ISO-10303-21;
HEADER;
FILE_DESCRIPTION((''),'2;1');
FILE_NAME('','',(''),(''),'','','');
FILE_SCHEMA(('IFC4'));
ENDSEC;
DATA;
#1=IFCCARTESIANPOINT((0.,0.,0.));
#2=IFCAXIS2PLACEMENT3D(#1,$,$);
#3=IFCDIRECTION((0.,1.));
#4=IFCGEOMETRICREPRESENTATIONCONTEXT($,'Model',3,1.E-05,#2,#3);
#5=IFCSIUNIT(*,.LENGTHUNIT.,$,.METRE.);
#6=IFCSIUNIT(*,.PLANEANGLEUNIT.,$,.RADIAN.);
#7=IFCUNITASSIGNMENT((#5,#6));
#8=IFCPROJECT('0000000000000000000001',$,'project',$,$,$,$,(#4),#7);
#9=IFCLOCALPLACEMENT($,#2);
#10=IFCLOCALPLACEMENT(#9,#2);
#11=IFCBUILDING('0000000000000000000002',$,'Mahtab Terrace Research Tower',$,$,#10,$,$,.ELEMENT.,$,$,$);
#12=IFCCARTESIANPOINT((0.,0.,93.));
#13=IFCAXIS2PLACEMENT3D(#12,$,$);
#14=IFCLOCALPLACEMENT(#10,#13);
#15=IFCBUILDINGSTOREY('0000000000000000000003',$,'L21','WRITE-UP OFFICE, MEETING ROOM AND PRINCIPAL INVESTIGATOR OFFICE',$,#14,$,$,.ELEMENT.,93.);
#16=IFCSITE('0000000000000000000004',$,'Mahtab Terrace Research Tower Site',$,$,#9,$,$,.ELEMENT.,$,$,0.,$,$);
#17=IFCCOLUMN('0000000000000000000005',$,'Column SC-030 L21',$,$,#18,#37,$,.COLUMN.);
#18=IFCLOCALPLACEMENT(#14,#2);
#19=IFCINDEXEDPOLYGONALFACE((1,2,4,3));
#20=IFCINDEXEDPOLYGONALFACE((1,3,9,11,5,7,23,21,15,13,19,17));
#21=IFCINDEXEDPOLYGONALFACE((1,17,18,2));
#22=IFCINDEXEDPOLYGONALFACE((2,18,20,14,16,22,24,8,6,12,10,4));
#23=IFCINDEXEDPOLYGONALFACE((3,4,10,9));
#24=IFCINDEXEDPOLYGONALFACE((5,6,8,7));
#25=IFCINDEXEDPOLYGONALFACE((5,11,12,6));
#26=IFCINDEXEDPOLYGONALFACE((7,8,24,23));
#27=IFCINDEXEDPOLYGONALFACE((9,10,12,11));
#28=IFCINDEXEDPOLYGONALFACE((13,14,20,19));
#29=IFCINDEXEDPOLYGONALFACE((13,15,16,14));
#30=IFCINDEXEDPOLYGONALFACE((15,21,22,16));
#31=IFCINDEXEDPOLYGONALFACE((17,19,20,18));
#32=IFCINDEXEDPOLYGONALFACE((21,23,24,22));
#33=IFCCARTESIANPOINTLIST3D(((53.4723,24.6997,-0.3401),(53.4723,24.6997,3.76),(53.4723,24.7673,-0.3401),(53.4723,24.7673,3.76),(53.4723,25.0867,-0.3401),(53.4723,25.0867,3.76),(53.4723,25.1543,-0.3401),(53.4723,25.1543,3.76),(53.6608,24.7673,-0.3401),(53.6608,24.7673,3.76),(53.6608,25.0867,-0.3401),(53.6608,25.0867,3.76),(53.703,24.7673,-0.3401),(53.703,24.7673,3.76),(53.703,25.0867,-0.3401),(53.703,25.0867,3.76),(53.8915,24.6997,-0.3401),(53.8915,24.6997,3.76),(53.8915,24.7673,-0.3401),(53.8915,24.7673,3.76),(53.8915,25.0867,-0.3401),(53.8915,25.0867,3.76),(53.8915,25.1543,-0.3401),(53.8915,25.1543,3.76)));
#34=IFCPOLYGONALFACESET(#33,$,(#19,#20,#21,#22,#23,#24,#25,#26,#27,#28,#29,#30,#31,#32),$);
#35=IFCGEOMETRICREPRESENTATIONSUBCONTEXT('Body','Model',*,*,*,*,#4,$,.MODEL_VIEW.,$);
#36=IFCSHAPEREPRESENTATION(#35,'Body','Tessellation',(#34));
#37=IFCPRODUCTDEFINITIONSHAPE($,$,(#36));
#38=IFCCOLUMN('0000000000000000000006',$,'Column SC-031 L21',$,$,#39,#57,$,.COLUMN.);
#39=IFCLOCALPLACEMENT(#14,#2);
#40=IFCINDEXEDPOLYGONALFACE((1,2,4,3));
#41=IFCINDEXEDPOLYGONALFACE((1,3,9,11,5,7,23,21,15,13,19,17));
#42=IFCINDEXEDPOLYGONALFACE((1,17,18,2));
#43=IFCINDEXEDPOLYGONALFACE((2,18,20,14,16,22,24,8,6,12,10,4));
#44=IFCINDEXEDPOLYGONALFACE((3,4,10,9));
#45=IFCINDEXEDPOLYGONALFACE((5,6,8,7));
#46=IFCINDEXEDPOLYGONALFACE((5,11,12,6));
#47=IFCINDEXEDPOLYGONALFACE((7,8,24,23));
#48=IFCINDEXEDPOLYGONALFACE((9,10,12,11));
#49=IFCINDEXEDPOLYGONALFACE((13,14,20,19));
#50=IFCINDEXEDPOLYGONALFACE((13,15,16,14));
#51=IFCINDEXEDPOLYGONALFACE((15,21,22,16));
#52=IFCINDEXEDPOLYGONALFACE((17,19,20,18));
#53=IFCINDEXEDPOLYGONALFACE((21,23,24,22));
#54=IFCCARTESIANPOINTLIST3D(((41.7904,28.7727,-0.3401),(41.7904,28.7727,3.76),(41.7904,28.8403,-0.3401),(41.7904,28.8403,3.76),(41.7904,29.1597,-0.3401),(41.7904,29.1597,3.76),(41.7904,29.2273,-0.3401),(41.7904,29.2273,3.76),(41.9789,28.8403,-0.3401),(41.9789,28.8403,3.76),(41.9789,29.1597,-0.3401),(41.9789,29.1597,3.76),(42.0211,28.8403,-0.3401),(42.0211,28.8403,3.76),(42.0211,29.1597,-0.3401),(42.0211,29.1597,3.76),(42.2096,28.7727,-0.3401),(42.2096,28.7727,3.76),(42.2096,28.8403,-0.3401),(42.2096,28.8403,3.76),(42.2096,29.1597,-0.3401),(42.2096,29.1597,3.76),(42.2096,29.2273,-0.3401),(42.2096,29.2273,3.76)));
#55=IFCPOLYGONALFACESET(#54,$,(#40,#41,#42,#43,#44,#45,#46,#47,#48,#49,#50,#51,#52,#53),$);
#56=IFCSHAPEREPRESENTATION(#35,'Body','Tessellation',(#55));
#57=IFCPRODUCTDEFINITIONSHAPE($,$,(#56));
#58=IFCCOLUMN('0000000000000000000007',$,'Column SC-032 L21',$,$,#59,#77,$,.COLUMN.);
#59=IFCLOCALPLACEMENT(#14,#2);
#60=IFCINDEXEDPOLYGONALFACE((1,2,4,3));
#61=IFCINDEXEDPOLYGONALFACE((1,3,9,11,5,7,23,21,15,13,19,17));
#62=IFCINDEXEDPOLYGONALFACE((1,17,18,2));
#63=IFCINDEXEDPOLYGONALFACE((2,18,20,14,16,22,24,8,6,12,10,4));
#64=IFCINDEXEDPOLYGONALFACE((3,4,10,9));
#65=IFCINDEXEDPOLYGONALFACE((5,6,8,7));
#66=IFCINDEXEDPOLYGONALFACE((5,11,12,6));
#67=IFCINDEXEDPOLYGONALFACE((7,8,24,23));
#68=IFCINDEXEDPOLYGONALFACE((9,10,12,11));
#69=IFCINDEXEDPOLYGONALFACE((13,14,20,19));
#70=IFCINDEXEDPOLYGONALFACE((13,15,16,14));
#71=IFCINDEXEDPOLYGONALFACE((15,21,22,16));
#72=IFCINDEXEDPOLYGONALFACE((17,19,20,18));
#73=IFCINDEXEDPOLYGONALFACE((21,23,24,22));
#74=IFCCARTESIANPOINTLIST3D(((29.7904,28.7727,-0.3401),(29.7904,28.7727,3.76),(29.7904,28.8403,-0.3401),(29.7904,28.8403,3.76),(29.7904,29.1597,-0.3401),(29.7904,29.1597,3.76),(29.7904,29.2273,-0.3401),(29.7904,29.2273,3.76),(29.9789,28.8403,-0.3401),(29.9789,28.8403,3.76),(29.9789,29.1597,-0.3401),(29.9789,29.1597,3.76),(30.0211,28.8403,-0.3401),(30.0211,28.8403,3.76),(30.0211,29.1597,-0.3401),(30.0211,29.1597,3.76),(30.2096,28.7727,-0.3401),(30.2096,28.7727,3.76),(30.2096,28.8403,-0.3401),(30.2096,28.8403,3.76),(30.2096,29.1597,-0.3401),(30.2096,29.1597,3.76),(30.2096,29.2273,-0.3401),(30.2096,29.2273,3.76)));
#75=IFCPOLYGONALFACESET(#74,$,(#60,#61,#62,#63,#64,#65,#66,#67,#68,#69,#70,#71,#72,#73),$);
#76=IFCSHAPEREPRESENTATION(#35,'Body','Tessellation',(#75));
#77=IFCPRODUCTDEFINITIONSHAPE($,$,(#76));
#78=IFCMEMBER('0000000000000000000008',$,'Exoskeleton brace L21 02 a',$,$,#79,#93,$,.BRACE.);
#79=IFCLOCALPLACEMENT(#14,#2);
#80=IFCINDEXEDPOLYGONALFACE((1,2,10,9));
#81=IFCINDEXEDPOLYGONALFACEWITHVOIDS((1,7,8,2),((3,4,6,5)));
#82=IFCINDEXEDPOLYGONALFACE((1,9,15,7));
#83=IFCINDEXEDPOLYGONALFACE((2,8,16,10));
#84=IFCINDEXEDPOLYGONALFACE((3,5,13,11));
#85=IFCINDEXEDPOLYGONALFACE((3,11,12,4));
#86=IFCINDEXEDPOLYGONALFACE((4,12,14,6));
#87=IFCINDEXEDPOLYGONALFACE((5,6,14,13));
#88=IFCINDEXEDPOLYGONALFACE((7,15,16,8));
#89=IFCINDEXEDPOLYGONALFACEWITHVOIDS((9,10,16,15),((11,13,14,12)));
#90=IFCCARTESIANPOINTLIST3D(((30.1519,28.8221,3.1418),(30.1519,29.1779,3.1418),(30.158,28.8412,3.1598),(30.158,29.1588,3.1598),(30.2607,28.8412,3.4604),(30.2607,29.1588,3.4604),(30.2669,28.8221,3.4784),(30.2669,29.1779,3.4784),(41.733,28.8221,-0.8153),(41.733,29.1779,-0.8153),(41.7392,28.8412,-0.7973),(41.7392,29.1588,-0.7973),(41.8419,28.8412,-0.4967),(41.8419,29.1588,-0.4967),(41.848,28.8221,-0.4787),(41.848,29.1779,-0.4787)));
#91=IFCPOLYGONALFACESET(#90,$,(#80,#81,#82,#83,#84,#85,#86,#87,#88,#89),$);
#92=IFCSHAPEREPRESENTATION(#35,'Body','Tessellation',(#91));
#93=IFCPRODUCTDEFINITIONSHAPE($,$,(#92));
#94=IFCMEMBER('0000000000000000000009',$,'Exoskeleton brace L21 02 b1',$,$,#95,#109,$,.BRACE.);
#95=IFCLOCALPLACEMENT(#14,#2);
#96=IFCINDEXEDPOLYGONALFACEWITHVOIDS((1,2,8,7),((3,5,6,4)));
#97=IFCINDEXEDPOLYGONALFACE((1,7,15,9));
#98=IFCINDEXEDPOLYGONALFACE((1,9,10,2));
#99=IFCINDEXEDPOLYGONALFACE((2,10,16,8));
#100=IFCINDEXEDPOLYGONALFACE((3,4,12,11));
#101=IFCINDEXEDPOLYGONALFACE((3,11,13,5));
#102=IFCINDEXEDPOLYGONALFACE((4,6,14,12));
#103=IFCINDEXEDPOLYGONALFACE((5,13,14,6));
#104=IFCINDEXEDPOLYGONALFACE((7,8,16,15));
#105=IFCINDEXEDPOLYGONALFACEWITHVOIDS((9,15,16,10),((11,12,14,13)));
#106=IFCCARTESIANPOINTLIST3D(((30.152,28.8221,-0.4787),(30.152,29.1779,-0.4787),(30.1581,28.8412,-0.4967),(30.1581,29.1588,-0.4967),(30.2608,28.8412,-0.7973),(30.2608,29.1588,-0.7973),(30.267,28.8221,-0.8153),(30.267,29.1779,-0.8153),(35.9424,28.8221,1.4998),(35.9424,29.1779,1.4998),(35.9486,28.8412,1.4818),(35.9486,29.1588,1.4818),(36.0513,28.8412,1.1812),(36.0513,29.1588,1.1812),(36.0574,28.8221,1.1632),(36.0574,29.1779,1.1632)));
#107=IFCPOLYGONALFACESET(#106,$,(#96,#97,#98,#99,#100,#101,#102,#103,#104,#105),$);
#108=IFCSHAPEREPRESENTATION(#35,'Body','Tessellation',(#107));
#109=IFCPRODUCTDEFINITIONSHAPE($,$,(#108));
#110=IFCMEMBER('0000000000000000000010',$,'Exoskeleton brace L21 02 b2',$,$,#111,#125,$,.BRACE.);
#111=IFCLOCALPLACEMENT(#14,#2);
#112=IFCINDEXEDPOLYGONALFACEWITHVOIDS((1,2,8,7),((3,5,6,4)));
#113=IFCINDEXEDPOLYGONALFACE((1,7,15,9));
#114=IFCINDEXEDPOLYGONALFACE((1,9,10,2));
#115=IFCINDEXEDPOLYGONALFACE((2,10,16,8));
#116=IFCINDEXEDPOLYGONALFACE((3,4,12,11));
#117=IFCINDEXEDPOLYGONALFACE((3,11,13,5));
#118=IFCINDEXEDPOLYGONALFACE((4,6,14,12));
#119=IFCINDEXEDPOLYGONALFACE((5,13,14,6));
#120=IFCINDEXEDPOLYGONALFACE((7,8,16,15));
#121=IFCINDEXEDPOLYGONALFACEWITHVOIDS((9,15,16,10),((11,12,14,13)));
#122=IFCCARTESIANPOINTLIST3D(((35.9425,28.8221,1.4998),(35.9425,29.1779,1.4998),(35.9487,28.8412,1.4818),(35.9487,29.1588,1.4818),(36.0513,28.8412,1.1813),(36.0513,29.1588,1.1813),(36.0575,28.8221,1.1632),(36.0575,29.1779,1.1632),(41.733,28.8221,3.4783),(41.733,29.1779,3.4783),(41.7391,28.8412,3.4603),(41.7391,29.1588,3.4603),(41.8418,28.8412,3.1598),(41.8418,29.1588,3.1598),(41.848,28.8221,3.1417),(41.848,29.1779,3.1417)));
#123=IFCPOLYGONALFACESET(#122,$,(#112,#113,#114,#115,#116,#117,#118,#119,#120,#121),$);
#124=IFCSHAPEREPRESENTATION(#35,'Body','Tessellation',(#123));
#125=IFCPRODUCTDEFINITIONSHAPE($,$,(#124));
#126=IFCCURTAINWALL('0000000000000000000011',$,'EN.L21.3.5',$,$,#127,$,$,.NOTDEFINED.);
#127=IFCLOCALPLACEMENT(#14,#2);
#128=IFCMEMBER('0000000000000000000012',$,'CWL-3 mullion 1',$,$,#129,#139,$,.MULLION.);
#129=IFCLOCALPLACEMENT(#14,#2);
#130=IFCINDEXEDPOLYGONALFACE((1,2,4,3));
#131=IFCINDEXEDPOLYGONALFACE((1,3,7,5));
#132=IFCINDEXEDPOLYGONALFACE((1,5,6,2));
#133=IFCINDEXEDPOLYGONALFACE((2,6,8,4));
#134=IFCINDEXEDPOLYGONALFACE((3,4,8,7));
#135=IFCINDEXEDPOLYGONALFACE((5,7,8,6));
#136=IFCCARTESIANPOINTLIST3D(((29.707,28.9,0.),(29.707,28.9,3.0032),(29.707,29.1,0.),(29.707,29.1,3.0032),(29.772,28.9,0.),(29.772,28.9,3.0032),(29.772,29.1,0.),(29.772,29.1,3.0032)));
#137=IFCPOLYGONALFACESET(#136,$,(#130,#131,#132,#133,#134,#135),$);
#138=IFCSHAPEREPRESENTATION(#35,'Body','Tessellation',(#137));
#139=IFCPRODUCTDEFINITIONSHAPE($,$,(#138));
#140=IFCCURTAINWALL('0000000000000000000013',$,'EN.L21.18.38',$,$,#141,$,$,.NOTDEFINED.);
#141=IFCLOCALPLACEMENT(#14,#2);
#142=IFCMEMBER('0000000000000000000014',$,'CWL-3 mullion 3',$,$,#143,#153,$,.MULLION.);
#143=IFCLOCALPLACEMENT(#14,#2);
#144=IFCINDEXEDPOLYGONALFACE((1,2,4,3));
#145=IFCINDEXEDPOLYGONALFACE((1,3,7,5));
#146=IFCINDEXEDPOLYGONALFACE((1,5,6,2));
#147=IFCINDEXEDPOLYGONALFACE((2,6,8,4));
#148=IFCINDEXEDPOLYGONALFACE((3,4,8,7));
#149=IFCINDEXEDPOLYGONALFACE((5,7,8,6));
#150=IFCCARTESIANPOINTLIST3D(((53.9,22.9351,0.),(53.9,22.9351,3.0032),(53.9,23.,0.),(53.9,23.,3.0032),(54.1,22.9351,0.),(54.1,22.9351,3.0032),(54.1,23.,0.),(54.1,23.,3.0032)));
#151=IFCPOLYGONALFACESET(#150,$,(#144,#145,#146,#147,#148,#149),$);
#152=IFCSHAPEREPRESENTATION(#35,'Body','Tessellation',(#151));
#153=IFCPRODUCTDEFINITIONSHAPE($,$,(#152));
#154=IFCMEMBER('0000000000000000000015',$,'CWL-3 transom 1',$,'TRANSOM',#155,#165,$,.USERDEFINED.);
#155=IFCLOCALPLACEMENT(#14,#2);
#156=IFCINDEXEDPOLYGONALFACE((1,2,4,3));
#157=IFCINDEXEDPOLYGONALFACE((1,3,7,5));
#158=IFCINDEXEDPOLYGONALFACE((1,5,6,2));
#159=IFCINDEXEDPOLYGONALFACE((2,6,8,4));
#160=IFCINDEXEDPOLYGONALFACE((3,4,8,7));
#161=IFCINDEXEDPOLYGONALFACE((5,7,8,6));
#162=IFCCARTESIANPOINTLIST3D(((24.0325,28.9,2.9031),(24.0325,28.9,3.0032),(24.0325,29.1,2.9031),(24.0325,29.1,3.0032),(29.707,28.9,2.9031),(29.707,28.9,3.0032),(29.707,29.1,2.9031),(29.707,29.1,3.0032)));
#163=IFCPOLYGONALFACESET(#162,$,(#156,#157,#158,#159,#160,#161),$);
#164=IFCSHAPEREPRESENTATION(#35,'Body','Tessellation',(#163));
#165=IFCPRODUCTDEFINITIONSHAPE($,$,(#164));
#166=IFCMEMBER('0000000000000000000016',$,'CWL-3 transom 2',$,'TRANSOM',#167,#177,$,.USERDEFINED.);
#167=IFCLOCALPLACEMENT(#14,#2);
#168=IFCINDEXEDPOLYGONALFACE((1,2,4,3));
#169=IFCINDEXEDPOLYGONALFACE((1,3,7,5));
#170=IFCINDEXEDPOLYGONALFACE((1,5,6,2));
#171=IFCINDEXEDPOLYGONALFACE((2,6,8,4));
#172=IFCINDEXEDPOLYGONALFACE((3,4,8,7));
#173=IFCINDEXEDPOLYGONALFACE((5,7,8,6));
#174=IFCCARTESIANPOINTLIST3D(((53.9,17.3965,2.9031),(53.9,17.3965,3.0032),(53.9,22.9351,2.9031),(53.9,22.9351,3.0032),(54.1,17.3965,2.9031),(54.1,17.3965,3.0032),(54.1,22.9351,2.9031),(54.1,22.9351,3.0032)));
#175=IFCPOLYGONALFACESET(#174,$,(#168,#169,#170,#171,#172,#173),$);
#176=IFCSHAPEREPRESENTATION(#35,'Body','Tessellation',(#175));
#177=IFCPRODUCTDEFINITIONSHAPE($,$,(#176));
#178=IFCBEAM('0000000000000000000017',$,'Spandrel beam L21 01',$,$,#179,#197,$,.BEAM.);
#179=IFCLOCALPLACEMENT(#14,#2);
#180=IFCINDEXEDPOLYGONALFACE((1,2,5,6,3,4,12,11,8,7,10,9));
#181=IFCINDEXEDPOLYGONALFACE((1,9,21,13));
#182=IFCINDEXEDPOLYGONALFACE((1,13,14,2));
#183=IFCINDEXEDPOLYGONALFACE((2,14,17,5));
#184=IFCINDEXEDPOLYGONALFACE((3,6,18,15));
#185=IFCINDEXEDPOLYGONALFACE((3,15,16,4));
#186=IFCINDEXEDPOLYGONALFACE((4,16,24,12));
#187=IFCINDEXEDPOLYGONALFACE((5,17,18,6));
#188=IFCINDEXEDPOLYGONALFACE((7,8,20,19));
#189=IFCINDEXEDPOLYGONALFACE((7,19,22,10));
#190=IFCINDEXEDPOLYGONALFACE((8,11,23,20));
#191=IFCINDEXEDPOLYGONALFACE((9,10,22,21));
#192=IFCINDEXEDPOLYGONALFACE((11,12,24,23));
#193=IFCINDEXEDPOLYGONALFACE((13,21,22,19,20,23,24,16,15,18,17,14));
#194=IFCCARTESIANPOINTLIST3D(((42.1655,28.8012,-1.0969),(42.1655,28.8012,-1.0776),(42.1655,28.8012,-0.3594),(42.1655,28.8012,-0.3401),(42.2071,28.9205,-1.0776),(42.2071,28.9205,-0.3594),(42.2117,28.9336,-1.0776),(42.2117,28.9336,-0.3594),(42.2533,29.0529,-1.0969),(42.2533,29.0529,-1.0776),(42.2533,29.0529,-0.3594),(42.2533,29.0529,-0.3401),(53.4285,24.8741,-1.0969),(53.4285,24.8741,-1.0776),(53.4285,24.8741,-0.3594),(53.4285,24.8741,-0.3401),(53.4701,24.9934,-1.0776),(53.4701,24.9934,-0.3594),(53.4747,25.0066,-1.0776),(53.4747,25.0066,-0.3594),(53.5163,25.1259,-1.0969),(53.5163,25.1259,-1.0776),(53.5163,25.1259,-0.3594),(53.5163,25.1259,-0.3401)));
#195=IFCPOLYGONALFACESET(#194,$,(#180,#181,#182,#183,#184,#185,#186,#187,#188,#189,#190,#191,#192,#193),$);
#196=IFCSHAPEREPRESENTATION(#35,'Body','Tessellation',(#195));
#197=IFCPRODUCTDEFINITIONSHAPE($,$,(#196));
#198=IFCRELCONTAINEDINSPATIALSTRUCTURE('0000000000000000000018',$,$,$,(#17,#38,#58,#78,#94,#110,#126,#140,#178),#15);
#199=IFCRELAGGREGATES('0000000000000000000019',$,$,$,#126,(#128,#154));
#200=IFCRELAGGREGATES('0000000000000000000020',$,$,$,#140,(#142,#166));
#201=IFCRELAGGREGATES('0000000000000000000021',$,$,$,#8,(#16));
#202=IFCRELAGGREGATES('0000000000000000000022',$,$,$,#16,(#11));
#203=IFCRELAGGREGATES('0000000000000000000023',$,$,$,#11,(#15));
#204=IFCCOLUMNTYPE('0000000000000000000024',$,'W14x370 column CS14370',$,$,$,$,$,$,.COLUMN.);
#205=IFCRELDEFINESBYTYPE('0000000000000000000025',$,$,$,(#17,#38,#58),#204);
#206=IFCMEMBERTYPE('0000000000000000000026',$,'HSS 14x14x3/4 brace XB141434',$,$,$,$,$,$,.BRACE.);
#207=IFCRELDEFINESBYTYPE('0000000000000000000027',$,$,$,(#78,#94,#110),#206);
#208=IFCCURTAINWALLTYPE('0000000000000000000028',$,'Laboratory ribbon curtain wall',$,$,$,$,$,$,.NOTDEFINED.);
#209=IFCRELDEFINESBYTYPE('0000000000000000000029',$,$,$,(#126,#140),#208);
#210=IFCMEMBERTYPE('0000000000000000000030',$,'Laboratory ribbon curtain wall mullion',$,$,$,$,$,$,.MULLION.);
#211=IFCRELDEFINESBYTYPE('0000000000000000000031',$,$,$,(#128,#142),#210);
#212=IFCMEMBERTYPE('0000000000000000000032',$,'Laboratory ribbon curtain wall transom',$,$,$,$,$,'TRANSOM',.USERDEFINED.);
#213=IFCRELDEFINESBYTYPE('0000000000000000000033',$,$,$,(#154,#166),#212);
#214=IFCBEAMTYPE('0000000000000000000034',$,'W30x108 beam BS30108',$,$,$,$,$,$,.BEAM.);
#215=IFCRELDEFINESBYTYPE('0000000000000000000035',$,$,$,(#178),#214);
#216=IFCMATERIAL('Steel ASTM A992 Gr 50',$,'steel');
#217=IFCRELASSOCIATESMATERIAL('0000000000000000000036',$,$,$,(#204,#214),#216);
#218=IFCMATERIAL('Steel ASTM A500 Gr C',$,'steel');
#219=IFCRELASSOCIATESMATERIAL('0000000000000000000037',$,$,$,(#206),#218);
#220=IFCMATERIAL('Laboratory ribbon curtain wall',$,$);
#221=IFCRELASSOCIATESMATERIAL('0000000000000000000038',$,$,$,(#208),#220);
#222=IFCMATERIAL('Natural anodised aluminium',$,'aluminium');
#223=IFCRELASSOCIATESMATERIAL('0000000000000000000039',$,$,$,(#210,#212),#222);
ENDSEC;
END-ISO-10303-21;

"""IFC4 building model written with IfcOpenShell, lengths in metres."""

from ifc_helpers import new_model, si_unit, direction, frame, origin, origin_2d, place, context, subcontext, project, spatial, rectangle, hollow_rectangle, i_section, extrude, material, material_profile, profile_set, type_object, element, aggregate, save


model = new_model("IFC4")

# Units and contexts
model_context = context("Model", 3, precision=1e-05, world=origin(), true_north=direction((0.0, 1.0)))
body_context = subcontext(model_context, "Body", "Model", "MODEL_VIEW")
ifc_project = project(units=[si_unit("LENGTHUNIT", "METRE"), si_unit("PLANEANGLEUNIT", "RADIAN")], contexts=[model_context])

# Site, building, storey
site_placement = place(None, origin())
site = spatial("IfcSite", under=ifc_project, at=site_placement, Name="Mahtab Terrace Research Tower Site", CompositionType="ELEMENT", RefElevation=0.0)
building_placement = place(site_placement, origin())
building = spatial("IfcBuilding", under=site, at=building_placement, Name="Mahtab Terrace Research Tower", CompositionType="ELEMENT")
storey_placement = place(building_placement, frame((0.0, 0.0, 93.0)))
storey = spatial("IfcBuildingStorey", under=building, at=storey_placement, Name="L21", Description="WRITE-UP OFFICE, MEETING ROOM AND PRINCIPAL INVESTIGATOR OFFICE", CompositionType="ELEMENT", Elevation=93.0)

# Columns
ifc_material_1 = material(Name="Steel ASTM A992 Gr 50", Category="steel")
ifc_material_profile_1 = material_profile(ifc_material_1, i_section(OverallWidth=0.4192, OverallDepth=0.4546, WebThickness=0.0422, FlangeThickness=0.0676, at=origin_2d()), Name="W14X370")
ifc_profile_set_1 = profile_set([ifc_material_profile_1], Name="Steel ASTM A992 Gr 50")
column_type = type_object("IfcColumnType", Name="W14x370 column CS14370", PredefinedType="COLUMN", material=ifc_profile_set_1)
for number, where, z_axis, x_axis, name in (
    (1, (53.6819, 24.927, -0.3401), (0.0, 0.0, 1.0), (1.0, 0.0, 0.0), "Column SC-030 L21"),
    (2, (42.0, 29.0, -0.3401), (0.0, 0.0, 1.0), (1.0, 0.0, 0.0), "Column SC-031 L21"),
    (3, (30.0, 29.0, -0.3401), (0.0, 0.0, 1.0), (1.0, 0.0, 0.0), "Column SC-032 L21"),
):
    element("IfcColumn", number, at=place(storey_placement, frame(where, z_axis=z_axis, x_axis=x_axis)), inside=storey, type_object=column_type, Name=name, PredefinedType="COLUMN", context=body_context, shape_type="SweptSolid", body=[
        extrude(i_section(OverallWidth=0.4192, OverallDepth=0.4546, WebThickness=0.0422, FlangeThickness=0.0676, at=origin_2d()), origin(), (0.0, 0.0, 1.0), 4.1001),
    ])

# Members
ifc_material_2 = material(Name="Steel ASTM A500 Gr C", Category="steel")
ifc_material_profile_2 = material_profile(ifc_material_2, hollow_rectangle(XDim=0.3557, YDim=0.3557, WallThickness=0.019, at=origin_2d()), Name="HSS14X14X3/4")
ifc_profile_set_2 = profile_set([ifc_material_profile_2], Name="Steel ASTM A500 Gr C")
member_type_1 = type_object("IfcMemberType", Name="HSS 14x14x3/4 brace XB141434", PredefinedType="BRACE", material=ifc_profile_set_2)
member_1_placement = place(storey_placement, frame((41.7905, 29.0, -0.647), z_axis=(-0.946287, 0.0, 0.323329), x_axis=(0.0, -1.0, 0.0)))
element("IfcMember", 4, at=member_1_placement, inside=storey, type_object=member_type_1, Name="Exoskeleton brace L21 02 a", PredefinedType="BRACE", context=body_context, shape_type="SweptSolid", body=[
    extrude(hollow_rectangle(XDim=0.3557, YDim=0.3557, WallThickness=0.019, at=origin_2d()), origin(), (0.0, 0.0, 1.0), 12.2385),
])
for number, where, z_axis, x_axis, name in (
    (5, (30.2095, 29.0, -0.647), (0.946287, 0.0, 0.323329), (0.0, 1.0, 0.0), "Exoskeleton brace L21 02 b1"),
    (6, (36.0, 29.0, 1.3315), (0.946287, 0.0, 0.323329), (0.0, 1.0, 0.0), "Exoskeleton brace L21 02 b2"),
):
    element("IfcMember", number, at=place(storey_placement, frame(where, z_axis=z_axis, x_axis=x_axis)), inside=storey, type_object=member_type_1, Name=name, PredefinedType="BRACE", context=body_context, shape_type="SweptSolid", body=[
        extrude(hollow_rectangle(XDim=0.3557, YDim=0.3557, WallThickness=0.019, at=origin_2d()), origin(), (0.0, 0.0, 1.0), 6.1191),
    ])

# Curtain walls, members
ifc_material_3 = material(Name="Laboratory ribbon curtain wall")
curtain_wall_type = type_object("IfcCurtainWallType", Name="Laboratory ribbon curtain wall", PredefinedType="NOTDEFINED", material=ifc_material_3)
curtain_wall_1_placement = place(storey_placement, origin())
curtain_wall_1 = element("IfcCurtainWall", 7, at=curtain_wall_1_placement, inside=storey, type_object=curtain_wall_type, Name="EN.L21.3.5", PredefinedType="NOTDEFINED")
ifc_material_4 = material(Name="Natural anodised aluminium", Category="aluminium")
ifc_material_profile_3 = material_profile(ifc_material_4, rectangle(XDim=0.2, YDim=0.0649, at=origin_2d()), Name="MULLION 65x200")
ifc_profile_set_3 = profile_set([ifc_material_profile_3], Name="Natural anodised aluminium")
member_type_2 = type_object("IfcMemberType", Name="Laboratory ribbon curtain wall mullion", PredefinedType="MULLION", material=ifc_profile_set_3)
member_2_placement = place(storey_placement, frame((29.7395, 29.0, 0.0), z_axis=(0.0, 0.0, 1.0), x_axis=(0.0, -1.0, 0.0)))
member_2 = element("IfcMember", 8, at=member_2_placement, type_object=member_type_2, Name="CWL-3 mullion 1", PredefinedType="MULLION", context=body_context, shape_type="SweptSolid", body=[
    extrude(rectangle(XDim=0.2, YDim=0.0649, at=origin_2d()), origin(), (0.0, 0.0, 1.0), 3.0032),
])
curtain_wall_2_placement = place(storey_placement, origin())
curtain_wall_2 = element("IfcCurtainWall", 9, at=curtain_wall_2_placement, inside=storey, type_object=curtain_wall_type, Name="EN.L21.18.38", PredefinedType="NOTDEFINED")
member_3_placement = place(storey_placement, frame((54.0, 22.9675, 0.0), z_axis=(0.0, 0.0, 1.0), x_axis=(-1.0, 0.0, 0.0)))
member_3 = element("IfcMember", 10, at=member_3_placement, type_object=member_type_2, Name="CWL-3 mullion 3", PredefinedType="MULLION", context=body_context, shape_type="SweptSolid", body=[
    extrude(rectangle(XDim=0.2, YDim=0.0649, at=origin_2d()), origin(), (0.0, 0.0, 1.0), 3.0032),
])

# Members
ifc_material_profile_4 = material_profile(ifc_material_4, rectangle(XDim=0.2, YDim=0.1001, at=origin_2d()), Name="TRANSOM 100x200")
ifc_profile_set_4 = profile_set([ifc_material_profile_4], Name="Natural anodised aluminium")
member_type_3 = type_object("IfcMemberType", Name="Laboratory ribbon curtain wall transom", ElementType="TRANSOM", PredefinedType="USERDEFINED", material=ifc_profile_set_4)
member_4_placement = place(storey_placement, frame((29.707, 29.0, 2.9531), z_axis=(-1.0, 0.0, 0.0), x_axis=(0.0, -1.0, 0.0)))
member_4 = element("IfcMember", 11, at=member_4_placement, type_object=member_type_3, Name="CWL-3 transom 1", ObjectType="TRANSOM", PredefinedType="USERDEFINED", context=body_context, shape_type="SweptSolid", body=[
    extrude(rectangle(XDim=0.2, YDim=0.1001, at=origin_2d()), origin(), (0.0, 0.0, 1.0), 5.6746),
])
aggregate(curtain_wall_1, [member_2, member_4])
member_5_placement = place(storey_placement, frame((54.0, 17.3965, 2.9531), z_axis=(0.0, 1.0, 0.0), x_axis=(-1.0, 0.0, 0.0)))
member_5 = element("IfcMember", 12, at=member_5_placement, type_object=member_type_3, Name="CWL-3 transom 2", ObjectType="TRANSOM", PredefinedType="USERDEFINED", context=body_context, shape_type="SweptSolid", body=[
    extrude(rectangle(XDim=0.2, YDim=0.1001, at=origin_2d()), origin(), (0.0, 0.0, 1.0), 5.5386),
])

# Beam
ifc_material_profile_5 = material_profile(ifc_material_1, i_section(OverallWidth=0.2666, OverallDepth=0.7568, WebThickness=0.0139, FlangeThickness=0.0193, at=origin_2d()), Name="W30X108")
ifc_profile_set_5 = profile_set([ifc_material_profile_5], Name="Steel ASTM A992 Gr 50")
beam_type = type_object("IfcBeamType", Name="W30x108 beam BS30108", PredefinedType="BEAM", material=ifc_profile_set_5)
beam_placement = place(storey_placement, frame((53.4724, 25.0, -0.7185), z_axis=(-0.944251, 0.329228, 0.0), x_axis=(-0.329228, -0.944251, 0.0)))
element("IfcBeam", 13, at=beam_placement, inside=storey, type_object=beam_type, Name="Spandrel beam L21 01", PredefinedType="BEAM", context=body_context, shape_type="SweptSolid", body=[
    extrude(i_section(OverallWidth=0.2666, OverallDepth=0.7568, WebThickness=0.0139, FlangeThickness=0.0193, at=origin_2d()), origin(), (0.0, 0.0, 1.0), 11.928),
])

aggregate(curtain_wall_2, [member_3, member_5])

save(model, "model.ifc")
